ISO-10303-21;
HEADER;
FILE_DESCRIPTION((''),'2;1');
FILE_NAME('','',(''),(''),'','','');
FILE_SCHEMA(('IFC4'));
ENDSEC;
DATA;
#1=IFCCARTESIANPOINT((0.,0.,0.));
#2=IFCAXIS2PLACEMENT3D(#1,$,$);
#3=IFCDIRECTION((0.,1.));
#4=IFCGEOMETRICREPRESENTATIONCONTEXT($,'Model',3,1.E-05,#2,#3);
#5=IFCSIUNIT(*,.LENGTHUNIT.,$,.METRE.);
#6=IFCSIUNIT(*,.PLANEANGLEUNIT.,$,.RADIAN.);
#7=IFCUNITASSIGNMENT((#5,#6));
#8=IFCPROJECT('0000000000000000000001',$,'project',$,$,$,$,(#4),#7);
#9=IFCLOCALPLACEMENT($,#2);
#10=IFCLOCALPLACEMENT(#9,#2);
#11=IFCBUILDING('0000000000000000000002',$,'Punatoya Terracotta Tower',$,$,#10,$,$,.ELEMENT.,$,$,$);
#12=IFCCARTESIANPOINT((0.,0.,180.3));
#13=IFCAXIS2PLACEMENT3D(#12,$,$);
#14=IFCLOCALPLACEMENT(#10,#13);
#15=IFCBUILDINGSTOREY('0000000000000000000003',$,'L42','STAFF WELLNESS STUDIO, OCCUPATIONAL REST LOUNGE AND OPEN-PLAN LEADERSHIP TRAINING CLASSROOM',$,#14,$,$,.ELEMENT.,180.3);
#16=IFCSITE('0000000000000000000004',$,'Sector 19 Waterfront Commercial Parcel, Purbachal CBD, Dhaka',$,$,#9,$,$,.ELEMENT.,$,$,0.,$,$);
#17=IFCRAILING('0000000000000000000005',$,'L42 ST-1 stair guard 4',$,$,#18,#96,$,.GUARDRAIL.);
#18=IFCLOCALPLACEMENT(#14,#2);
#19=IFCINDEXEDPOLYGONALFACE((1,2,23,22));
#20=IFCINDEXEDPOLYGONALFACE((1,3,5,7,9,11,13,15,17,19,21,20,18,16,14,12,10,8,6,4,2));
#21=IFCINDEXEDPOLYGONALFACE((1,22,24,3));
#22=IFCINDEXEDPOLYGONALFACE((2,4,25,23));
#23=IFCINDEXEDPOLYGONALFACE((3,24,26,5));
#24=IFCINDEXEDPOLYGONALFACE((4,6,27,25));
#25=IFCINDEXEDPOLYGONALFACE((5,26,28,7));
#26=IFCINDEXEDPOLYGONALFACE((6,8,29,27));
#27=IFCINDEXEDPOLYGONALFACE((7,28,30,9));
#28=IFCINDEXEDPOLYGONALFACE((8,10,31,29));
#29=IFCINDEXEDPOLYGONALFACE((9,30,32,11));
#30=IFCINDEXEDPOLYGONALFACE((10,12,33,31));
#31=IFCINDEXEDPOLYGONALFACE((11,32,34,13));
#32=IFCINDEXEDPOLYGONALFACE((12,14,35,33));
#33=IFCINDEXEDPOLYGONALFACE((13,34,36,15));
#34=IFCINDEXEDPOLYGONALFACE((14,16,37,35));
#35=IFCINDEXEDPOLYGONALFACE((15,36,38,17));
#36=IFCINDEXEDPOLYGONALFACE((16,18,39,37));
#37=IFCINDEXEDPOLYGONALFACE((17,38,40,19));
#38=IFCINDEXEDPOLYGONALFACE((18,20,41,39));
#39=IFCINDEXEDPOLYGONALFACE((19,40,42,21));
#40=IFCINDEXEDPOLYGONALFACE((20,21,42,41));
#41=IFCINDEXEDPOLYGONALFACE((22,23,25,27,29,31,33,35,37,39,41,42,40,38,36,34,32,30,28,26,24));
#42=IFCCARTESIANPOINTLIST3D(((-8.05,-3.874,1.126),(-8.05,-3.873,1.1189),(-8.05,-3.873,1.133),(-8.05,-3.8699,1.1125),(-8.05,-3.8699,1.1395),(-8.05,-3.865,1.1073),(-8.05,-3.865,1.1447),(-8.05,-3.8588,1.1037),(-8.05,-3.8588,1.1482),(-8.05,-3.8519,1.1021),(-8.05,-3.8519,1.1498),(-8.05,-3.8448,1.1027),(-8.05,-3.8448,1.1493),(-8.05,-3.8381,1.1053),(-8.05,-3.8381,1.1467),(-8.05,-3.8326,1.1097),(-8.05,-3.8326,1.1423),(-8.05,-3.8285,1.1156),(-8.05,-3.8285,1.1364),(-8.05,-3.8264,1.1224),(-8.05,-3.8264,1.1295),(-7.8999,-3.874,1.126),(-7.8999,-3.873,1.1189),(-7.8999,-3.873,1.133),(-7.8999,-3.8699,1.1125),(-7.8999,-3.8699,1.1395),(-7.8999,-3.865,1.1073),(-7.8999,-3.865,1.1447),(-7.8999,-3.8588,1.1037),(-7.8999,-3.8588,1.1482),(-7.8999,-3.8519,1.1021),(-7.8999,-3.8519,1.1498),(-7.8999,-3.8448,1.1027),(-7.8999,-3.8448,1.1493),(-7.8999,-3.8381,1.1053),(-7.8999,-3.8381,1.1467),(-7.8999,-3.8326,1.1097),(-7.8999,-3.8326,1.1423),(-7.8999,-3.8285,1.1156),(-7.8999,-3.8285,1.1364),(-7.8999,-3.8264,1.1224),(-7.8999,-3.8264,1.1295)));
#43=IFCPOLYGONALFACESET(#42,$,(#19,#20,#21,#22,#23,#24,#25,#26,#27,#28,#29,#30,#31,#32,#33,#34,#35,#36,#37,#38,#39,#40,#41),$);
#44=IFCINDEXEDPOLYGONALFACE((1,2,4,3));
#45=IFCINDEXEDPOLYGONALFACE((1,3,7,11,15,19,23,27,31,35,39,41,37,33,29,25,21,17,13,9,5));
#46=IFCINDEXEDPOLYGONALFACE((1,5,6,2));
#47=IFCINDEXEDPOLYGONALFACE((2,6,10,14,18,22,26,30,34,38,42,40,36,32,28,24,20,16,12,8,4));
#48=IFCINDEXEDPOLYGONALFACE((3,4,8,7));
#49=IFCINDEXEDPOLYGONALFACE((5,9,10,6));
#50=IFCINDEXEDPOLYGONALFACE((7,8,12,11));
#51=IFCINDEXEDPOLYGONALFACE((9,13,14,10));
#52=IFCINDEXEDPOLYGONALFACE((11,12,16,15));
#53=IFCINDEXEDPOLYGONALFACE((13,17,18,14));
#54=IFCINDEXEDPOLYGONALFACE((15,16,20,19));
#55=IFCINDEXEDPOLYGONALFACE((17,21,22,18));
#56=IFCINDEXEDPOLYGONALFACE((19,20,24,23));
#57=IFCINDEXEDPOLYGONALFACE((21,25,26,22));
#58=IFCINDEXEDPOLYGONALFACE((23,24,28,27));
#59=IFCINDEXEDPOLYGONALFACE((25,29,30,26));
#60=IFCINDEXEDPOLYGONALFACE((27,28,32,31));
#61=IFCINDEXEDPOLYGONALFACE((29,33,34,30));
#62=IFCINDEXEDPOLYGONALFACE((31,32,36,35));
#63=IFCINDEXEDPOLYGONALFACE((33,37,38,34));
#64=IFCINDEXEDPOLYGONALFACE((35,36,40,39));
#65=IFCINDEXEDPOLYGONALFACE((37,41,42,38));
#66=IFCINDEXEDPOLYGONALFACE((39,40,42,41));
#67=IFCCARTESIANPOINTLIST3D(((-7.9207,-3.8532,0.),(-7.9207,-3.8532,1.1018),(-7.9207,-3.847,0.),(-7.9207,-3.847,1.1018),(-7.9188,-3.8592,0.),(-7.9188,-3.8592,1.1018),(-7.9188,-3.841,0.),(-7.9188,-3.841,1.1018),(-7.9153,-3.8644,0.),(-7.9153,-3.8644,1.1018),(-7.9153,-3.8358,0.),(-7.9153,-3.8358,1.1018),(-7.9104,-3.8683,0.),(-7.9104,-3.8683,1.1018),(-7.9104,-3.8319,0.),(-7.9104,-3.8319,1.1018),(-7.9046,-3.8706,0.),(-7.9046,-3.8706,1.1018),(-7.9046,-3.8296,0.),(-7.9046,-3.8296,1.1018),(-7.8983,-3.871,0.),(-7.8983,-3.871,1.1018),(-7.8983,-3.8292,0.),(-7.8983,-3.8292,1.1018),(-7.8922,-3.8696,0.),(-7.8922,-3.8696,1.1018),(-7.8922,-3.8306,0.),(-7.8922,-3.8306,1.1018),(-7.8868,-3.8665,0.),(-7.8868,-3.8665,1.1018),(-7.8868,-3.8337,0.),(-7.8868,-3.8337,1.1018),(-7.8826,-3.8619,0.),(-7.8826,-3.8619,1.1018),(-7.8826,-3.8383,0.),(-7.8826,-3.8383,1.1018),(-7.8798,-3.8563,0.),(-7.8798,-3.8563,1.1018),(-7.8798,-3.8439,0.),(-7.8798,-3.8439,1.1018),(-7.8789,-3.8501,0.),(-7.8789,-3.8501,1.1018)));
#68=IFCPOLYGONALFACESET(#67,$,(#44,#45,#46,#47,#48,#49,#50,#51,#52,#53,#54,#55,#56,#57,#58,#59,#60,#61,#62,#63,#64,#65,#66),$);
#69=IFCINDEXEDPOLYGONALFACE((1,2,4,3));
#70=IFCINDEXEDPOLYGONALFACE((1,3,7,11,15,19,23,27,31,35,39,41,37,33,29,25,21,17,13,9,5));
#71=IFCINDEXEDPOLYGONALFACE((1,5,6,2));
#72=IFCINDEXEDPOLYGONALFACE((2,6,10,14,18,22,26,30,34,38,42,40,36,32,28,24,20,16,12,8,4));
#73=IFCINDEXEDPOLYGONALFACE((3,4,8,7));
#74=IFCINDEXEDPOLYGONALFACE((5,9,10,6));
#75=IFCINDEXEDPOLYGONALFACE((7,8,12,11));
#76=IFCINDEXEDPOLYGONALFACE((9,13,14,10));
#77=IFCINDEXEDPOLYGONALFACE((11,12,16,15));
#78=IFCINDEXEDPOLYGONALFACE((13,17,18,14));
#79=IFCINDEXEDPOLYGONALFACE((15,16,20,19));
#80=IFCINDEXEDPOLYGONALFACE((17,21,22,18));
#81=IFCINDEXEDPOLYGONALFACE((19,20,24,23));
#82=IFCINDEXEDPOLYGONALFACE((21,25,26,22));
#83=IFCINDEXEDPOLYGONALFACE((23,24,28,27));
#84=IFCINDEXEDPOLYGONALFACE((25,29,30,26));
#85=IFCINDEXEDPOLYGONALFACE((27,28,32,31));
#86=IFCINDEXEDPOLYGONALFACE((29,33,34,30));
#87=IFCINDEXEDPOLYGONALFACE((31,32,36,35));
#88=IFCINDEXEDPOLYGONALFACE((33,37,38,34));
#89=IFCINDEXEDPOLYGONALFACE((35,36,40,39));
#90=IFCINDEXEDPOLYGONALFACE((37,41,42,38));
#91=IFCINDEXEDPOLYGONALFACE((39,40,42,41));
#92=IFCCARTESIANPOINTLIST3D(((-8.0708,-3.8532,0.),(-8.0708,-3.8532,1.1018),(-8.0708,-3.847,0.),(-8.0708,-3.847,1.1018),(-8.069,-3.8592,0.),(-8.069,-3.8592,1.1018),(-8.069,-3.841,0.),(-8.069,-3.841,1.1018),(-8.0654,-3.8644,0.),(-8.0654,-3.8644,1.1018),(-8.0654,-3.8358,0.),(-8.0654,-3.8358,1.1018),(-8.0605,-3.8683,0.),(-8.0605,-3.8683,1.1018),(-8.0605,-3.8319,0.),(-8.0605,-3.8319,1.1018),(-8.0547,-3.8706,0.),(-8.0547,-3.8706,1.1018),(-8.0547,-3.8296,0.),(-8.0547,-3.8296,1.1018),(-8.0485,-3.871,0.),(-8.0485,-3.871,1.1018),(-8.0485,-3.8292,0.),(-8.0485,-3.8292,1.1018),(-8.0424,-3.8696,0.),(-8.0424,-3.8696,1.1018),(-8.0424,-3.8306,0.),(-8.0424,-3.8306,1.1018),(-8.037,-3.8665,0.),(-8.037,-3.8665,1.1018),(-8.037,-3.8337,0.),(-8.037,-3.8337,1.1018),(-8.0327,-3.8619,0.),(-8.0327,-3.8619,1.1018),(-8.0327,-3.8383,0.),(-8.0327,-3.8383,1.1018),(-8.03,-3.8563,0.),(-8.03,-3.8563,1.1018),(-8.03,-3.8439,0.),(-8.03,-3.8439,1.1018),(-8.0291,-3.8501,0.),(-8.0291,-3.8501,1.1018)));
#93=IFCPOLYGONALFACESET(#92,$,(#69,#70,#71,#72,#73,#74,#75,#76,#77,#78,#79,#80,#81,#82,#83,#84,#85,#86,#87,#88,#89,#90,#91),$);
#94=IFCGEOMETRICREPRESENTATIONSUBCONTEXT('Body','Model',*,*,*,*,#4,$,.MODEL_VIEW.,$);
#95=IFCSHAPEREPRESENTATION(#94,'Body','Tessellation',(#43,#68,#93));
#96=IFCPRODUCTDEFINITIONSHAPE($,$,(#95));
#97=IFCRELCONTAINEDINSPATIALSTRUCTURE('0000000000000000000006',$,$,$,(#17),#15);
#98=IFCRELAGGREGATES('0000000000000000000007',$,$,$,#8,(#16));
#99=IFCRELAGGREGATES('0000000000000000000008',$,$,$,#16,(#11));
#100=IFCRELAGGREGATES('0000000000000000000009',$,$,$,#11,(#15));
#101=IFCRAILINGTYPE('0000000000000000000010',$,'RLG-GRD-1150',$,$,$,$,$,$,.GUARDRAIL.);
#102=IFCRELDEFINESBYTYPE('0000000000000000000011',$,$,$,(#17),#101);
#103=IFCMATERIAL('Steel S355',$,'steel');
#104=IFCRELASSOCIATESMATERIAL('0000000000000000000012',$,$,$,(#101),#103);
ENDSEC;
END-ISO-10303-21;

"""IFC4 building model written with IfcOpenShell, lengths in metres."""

from ifc_helpers import new_model, si_unit, direction, frame, origin, origin_2d, place, context, subcontext, project, spatial, circle, extrude, material, type_object, element, save


model = new_model("IFC4")

# Units and contexts
model_context = context("Model", 3, precision=1e-05, world=origin(), true_north=direction((0.0, 1.0)))
body_context = subcontext(model_context, "Body", "Model", "MODEL_VIEW")
ifc_project = project(units=[si_unit("LENGTHUNIT", "METRE"), si_unit("PLANEANGLEUNIT", "RADIAN")], contexts=[model_context])

# Site, building, storey
site_placement = place(None, origin())
site = spatial("IfcSite", under=ifc_project, at=site_placement, Name="Sector 19 Waterfront Commercial Parcel, Purbachal CBD, Dhaka", CompositionType="ELEMENT", RefElevation=0.0)
building_placement = place(site_placement, origin())
building = spatial("IfcBuilding", under=site, at=building_placement, Name="Punatoya Terracotta Tower", CompositionType="ELEMENT")
storey_placement = place(building_placement, frame((0.0, 0.0, 180.3)))
storey = spatial("IfcBuildingStorey", under=building, at=storey_placement, Name="L42", Description="STAFF WELLNESS STUDIO, OCCUPATIONAL REST LOUNGE AND OPEN-PLAN LEADERSHIP TRAINING CLASSROOM", CompositionType="ELEMENT", Elevation=180.3)

# Shared definitions
ifc_material_1 = material(Name="Steel S355", Category="steel")

# Railing
railing_type_1 = type_object("IfcRailingType", Name="RLG-GRD-1150", PredefinedType="GUARDRAIL", material=ifc_material_1)
railing_1_placement = place(storey_placement, frame((-7.8999, -3.8501, 0.0)))
element("IfcRailing", 1, at=railing_1_placement, inside=storey, type_object=railing_type_1, Name="L42 ST-1 stair guard 4", PredefinedType="GUARDRAIL", context=body_context, shape_type="SweptSolid", body=[
    extrude(circle(Radius=0.0239, at=origin_2d()), frame((0.0, 0.0, 1.126), z_axis=(-1.0, 0.0, 0.0), x_axis=(0.0, -1.0, 0.0)), (0.0, 0.0, 1.0), 0.1501),
    extrude(circle(Radius=0.021, at=origin_2d()), origin(), (0.0, 0.0, 1.0), 1.1018),
    extrude(circle(Radius=0.021, at=origin_2d()), frame((-0.1501, 0.0, 0.0)), (0.0, 0.0, 1.0), 1.1018),
])

save(model, "model.ifc")
